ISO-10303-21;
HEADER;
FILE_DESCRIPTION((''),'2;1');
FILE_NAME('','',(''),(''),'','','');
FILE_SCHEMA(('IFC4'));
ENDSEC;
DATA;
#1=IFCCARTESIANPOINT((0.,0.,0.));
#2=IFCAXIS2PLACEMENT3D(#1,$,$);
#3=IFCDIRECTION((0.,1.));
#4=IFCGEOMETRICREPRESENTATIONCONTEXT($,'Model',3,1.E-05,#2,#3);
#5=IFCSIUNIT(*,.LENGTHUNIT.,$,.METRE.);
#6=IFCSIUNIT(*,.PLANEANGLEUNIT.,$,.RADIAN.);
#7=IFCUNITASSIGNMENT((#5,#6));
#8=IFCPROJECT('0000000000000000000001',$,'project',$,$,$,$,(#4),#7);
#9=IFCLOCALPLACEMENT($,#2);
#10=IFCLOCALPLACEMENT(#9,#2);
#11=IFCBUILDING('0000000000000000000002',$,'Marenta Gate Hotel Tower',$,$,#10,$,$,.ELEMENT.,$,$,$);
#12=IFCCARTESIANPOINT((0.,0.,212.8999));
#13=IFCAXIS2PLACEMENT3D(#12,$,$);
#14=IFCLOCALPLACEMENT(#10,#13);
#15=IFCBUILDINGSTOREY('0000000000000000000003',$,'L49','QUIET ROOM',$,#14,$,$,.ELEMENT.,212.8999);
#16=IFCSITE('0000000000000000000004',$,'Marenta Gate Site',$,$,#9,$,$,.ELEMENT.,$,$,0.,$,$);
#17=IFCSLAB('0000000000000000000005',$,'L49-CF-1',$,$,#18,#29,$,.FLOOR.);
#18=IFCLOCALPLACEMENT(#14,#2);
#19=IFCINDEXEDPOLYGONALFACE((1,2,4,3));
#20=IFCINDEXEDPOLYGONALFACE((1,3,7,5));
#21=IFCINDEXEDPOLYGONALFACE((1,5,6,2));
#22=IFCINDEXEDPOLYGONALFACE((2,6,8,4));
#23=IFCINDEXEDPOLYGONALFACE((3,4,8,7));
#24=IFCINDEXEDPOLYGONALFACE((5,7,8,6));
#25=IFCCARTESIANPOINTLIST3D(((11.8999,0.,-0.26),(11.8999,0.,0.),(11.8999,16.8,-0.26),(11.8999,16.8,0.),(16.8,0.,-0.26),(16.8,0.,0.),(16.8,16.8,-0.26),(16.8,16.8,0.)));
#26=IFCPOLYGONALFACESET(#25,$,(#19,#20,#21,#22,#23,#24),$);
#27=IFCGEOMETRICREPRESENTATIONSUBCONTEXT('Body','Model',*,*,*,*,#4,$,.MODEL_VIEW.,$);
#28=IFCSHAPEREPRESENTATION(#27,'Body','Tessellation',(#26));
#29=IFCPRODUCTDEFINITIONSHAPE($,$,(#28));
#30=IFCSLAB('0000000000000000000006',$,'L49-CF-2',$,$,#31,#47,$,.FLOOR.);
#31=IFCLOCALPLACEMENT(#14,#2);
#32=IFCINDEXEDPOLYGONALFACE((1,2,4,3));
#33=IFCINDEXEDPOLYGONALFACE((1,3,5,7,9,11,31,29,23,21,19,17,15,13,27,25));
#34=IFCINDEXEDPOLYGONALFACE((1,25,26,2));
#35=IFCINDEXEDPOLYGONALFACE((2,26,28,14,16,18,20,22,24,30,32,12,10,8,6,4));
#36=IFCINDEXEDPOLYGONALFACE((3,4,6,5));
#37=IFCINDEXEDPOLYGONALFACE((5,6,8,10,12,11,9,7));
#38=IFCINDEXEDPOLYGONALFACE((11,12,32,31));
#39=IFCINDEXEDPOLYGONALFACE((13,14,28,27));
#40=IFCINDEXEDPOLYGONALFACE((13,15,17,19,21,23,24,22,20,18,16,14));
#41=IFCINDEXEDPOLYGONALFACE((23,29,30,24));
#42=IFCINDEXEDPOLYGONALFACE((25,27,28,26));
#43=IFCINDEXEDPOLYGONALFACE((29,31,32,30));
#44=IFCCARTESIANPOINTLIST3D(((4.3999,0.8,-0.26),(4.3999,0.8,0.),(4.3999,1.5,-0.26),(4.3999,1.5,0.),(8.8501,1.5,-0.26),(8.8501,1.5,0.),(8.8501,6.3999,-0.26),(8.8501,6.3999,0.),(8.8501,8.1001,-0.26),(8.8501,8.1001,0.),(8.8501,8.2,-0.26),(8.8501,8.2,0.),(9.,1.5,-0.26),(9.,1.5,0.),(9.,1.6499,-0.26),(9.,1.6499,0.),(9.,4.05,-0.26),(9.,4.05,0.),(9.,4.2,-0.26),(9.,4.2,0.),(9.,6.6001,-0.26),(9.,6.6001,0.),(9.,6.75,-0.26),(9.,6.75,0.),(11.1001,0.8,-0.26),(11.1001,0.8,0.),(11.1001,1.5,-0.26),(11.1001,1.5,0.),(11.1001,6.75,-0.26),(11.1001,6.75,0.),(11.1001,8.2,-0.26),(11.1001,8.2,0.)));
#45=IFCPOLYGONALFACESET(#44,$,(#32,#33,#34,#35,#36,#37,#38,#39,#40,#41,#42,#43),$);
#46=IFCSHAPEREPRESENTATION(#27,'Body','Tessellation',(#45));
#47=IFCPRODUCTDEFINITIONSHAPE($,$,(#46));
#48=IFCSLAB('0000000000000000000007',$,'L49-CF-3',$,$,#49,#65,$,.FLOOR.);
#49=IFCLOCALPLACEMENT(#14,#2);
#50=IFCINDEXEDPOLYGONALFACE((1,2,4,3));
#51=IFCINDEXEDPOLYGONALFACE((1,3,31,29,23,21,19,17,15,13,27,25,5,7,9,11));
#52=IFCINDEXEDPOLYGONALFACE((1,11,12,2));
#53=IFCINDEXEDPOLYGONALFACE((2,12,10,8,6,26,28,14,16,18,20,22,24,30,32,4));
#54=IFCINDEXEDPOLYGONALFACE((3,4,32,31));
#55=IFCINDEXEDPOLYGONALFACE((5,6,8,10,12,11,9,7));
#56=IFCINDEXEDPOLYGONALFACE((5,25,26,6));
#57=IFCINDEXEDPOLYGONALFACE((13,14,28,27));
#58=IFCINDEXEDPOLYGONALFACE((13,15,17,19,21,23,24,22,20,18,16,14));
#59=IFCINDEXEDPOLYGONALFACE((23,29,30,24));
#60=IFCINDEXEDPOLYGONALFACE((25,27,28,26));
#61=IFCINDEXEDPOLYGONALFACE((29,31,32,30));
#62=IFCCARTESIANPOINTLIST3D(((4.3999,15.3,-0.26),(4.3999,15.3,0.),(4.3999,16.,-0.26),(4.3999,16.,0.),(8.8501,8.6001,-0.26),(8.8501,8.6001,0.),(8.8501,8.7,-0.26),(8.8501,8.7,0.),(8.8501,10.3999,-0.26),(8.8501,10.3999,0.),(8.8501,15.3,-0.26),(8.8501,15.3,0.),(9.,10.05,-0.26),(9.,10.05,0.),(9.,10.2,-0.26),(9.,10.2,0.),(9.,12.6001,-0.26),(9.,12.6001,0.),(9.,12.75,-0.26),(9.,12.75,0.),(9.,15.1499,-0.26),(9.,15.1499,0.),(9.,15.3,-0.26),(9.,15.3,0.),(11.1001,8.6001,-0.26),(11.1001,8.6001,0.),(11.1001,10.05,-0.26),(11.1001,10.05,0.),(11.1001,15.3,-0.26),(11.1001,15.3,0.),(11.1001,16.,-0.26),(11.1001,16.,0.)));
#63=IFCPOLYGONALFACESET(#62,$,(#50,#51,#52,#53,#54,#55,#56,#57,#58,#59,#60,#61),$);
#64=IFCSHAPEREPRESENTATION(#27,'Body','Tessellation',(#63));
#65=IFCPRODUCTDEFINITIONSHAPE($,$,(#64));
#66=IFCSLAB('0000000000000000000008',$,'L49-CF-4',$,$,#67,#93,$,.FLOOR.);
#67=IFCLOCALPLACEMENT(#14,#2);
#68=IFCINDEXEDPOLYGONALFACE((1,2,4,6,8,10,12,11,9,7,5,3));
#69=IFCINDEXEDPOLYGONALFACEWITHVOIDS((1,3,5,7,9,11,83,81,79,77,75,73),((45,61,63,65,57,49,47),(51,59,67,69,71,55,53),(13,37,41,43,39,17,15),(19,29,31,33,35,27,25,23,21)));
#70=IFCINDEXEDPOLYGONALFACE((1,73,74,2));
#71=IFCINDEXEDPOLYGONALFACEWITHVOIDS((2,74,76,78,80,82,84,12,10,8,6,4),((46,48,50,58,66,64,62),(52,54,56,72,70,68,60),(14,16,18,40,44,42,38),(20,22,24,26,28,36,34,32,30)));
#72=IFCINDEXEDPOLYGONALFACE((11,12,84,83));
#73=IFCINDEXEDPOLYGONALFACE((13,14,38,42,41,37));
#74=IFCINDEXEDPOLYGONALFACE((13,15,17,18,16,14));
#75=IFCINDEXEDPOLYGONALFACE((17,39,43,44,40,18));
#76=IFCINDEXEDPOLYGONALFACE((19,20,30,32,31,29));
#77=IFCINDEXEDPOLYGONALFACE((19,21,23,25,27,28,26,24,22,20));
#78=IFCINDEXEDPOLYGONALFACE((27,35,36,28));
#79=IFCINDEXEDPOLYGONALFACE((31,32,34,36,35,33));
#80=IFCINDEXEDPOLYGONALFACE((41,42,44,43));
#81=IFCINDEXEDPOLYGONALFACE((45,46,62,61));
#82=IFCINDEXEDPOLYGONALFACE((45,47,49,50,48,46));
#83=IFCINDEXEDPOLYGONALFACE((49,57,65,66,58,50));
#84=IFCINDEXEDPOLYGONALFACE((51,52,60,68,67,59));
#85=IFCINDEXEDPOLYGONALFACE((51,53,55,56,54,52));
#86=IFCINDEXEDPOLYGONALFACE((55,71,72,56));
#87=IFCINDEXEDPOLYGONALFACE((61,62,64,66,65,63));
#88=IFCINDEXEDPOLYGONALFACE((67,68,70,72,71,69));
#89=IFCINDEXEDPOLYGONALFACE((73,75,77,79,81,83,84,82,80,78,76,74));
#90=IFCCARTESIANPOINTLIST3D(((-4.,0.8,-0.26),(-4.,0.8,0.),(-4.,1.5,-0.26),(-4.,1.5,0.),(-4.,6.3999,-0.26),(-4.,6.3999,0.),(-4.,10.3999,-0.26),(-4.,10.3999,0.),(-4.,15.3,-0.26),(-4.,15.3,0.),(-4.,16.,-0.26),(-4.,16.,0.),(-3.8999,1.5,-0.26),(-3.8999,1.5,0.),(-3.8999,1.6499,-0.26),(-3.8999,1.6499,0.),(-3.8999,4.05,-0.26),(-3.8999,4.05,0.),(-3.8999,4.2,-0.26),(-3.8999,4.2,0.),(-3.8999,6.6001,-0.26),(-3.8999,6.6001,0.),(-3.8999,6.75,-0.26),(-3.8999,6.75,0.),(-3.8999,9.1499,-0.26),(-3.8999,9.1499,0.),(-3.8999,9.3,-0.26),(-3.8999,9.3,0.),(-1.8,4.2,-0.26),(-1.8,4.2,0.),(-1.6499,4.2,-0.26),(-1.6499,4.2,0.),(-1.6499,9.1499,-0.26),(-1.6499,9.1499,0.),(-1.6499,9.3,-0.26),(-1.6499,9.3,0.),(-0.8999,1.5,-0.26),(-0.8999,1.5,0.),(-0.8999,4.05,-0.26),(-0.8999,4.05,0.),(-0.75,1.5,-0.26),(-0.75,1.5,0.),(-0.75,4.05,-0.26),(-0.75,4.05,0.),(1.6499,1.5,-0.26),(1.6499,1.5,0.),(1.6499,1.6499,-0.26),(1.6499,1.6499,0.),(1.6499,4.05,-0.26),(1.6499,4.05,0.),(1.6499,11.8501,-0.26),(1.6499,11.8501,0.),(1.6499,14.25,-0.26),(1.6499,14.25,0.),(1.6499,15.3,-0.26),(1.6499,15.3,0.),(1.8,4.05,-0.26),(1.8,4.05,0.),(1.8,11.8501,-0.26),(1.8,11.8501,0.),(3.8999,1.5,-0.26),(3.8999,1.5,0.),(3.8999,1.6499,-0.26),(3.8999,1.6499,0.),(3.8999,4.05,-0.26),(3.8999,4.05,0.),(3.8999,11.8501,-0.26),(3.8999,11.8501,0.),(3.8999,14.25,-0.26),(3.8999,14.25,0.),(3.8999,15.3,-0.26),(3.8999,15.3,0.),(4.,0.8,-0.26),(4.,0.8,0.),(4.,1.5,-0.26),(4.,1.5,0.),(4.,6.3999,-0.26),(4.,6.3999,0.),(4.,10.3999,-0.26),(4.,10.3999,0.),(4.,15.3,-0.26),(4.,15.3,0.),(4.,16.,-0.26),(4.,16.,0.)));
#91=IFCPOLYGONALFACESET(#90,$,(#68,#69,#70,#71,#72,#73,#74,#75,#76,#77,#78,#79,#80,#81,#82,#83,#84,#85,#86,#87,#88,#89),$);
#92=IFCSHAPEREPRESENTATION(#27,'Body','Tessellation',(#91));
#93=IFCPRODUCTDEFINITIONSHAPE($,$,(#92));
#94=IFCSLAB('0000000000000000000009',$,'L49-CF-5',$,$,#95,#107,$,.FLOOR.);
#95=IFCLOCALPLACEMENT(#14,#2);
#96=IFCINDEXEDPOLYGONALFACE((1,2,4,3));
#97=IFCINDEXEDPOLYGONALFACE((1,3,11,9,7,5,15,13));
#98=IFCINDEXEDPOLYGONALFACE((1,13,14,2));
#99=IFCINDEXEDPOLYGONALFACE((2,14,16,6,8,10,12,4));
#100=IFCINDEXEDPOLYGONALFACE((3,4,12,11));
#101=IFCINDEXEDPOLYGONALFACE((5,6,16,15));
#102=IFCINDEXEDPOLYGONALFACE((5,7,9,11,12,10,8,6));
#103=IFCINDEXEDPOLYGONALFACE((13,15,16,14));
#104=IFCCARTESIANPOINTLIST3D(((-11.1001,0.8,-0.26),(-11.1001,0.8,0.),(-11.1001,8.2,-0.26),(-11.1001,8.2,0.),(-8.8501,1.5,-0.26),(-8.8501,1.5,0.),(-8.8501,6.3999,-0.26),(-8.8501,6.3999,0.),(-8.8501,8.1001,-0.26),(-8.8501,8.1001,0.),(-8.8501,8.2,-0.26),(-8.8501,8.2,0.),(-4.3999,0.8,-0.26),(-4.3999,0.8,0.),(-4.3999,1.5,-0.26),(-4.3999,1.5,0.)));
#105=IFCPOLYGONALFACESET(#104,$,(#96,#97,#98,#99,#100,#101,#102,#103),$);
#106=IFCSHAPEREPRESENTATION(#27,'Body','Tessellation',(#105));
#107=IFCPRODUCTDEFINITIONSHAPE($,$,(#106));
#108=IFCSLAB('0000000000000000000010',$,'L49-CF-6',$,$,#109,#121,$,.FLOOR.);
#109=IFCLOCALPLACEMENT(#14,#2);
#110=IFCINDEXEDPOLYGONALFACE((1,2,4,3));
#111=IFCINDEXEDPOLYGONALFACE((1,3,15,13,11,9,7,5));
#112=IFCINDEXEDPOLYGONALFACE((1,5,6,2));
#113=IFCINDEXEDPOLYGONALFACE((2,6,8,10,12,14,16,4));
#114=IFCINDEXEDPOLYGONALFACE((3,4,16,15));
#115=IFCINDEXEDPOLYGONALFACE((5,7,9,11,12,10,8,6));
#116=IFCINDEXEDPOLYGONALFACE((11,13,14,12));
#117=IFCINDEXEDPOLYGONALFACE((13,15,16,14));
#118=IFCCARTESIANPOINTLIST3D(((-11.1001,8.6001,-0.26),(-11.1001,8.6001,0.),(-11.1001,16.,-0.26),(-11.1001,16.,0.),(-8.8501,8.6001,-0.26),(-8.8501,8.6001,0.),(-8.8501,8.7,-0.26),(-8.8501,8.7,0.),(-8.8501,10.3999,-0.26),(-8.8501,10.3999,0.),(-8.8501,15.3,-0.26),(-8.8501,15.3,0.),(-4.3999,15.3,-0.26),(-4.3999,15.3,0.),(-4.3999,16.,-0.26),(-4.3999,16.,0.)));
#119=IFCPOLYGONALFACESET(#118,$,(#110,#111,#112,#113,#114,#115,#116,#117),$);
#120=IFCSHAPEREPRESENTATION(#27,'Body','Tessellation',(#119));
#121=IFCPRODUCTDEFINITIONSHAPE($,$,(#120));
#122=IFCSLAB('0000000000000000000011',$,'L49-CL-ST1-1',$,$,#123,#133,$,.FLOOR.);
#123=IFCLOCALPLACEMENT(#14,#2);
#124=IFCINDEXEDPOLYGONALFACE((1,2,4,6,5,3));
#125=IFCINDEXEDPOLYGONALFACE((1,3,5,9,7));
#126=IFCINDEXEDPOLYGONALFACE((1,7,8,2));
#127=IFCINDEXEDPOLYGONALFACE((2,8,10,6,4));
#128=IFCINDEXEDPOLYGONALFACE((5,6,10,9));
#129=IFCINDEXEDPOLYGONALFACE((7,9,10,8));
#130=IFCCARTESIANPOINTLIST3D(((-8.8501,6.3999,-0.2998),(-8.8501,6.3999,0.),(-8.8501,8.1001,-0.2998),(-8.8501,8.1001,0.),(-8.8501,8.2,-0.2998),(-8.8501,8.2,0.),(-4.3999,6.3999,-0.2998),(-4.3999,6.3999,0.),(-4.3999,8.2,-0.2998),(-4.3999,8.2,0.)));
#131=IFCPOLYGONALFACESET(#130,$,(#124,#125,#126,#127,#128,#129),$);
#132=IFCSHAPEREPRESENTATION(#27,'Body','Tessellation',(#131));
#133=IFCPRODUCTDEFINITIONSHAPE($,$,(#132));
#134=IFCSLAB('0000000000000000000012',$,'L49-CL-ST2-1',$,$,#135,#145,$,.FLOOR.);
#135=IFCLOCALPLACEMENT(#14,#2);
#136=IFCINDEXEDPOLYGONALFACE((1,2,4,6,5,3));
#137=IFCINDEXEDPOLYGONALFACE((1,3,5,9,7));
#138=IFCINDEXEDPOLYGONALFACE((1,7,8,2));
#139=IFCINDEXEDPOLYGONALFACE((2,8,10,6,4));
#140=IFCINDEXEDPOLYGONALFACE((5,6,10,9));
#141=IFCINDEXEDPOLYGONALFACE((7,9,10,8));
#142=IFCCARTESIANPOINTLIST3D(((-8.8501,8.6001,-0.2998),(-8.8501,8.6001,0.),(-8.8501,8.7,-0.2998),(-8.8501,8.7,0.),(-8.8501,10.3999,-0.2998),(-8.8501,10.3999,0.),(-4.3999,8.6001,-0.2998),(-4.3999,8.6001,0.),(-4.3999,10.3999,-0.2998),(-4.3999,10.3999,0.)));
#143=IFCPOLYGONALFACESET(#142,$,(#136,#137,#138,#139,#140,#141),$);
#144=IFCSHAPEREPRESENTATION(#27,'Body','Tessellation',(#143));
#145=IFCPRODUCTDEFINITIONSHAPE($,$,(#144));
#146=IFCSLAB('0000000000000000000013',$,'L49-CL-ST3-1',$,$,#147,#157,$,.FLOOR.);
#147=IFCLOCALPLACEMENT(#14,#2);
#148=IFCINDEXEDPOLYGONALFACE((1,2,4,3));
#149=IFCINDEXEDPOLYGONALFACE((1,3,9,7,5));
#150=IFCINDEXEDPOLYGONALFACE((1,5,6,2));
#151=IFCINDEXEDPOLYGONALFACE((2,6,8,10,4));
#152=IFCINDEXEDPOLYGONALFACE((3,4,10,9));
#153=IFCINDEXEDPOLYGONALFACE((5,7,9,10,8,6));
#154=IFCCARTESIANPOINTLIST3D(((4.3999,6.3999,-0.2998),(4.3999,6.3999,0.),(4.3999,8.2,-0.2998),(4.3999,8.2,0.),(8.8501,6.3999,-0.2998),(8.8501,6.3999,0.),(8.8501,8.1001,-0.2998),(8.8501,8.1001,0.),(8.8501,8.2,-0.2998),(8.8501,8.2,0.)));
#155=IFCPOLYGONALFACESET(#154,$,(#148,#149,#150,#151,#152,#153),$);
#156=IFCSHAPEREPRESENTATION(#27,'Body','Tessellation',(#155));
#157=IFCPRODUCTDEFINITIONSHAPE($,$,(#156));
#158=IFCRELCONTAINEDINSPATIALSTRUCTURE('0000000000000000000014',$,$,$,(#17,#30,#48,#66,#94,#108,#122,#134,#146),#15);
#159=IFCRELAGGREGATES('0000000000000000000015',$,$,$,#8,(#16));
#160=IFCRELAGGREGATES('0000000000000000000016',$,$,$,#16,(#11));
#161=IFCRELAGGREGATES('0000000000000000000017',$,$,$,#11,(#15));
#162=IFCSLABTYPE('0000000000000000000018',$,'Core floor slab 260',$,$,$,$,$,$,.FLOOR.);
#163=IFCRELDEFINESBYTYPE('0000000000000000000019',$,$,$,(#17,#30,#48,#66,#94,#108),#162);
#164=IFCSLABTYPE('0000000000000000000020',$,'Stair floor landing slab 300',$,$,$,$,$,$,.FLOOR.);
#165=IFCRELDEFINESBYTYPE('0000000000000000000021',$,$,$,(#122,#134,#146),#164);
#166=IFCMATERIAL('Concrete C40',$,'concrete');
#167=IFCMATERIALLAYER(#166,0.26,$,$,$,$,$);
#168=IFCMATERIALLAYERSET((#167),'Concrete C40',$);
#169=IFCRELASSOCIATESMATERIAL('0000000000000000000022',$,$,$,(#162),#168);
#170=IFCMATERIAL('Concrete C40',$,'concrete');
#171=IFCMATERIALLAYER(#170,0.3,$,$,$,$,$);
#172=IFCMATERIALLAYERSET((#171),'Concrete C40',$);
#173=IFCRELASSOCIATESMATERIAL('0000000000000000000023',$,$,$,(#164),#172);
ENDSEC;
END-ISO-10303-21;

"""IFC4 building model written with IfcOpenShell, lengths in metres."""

from ifc_helpers import new_model, si_unit, direction, frame, origin, place, context, subcontext, project, spatial, polyline, outline, extrude, material, layer, layer_set, type_object, element, save


model = new_model("IFC4")

# Units and contexts
model_context = context("Model", 3, precision=1e-05, world=origin(), true_north=direction((0.0, 1.0)))
body_context = subcontext(model_context, "Body", "Model", "MODEL_VIEW")
ifc_project = project(units=[si_unit("LENGTHUNIT", "METRE"), si_unit("PLANEANGLEUNIT", "RADIAN")], contexts=[model_context])

# Site, building, storey
site_placement = place(None, origin())
site = spatial("IfcSite", under=ifc_project, at=site_placement, Name="Marenta Gate Site", CompositionType="ELEMENT", RefElevation=0.0)
building_placement = place(site_placement, origin())
building = spatial("IfcBuilding", under=site, at=building_placement, Name="Marenta Gate Hotel Tower", CompositionType="ELEMENT")
storey_placement = place(building_placement, frame((0.0, 0.0, 212.8999)))
storey = spatial("IfcBuildingStorey", under=building, at=storey_placement, Name="L49", Description="QUIET ROOM", CompositionType="ELEMENT", Elevation=212.8999)

# Slabs
ifc_material_1 = material(Name="Concrete C40", Category="concrete")
ifc_layer_1 = layer(ifc_material_1, 0.26)
ifc_layer_set_1 = layer_set([ifc_layer_1], Name="Concrete C40")
slab_type_1 = type_object("IfcSlabType", Name="Core floor slab 260", PredefinedType="FLOOR", material=ifc_layer_set_1)
slab_1_placement = place(storey_placement, frame((0.0, 0.0, -0.26)))
element("IfcSlab", 1, at=slab_1_placement, inside=storey, type_object=slab_type_1, Name="L49-CF-1", PredefinedType="FLOOR", context=body_context, shape_type="SweptSolid", body=[
    extrude(outline(polyline([(11.8999, 0.0), (11.8999, 16.8), (16.8, 16.8), (16.8, 0.0), (11.8999, 0.0)])), origin(), (0.0, 0.0, 1.0), 0.26),
])
slab_2_placement = place(storey_placement, frame((0.0, 0.0, -0.26)))
element("IfcSlab", 2, at=slab_2_placement, inside=storey, type_object=slab_type_1, Name="L49-CF-2", PredefinedType="FLOOR", context=body_context, shape_type="SweptSolid", body=[
    extrude(outline(polyline([(8.8501, 1.5), (8.8501, 6.3999), (8.8501, 8.1001), (8.8501, 8.2), (11.1001, 8.2), (11.1001, 6.75), (9.0, 6.75), (9.0, 6.6001), (9.0, 4.2), (9.0, 4.05), (9.0, 1.6499), (9.0, 1.5), (11.1001, 1.5), (11.1001, 0.8), (4.3999, 0.8), (4.3999, 1.5), (8.8501, 1.5)])), origin(), (0.0, 0.0, 1.0), 0.26),
])
slab_3_placement = place(storey_placement, frame((0.0, 0.0, -0.26)))
element("IfcSlab", 3, at=slab_3_placement, inside=storey, type_object=slab_type_1, Name="L49-CF-3", PredefinedType="FLOOR", context=body_context, shape_type="SweptSolid", body=[
    extrude(outline(polyline([(8.8501, 15.3), (4.3999, 15.3), (4.3999, 16.0), (11.1001, 16.0), (11.1001, 15.3), (9.0, 15.3), (9.0, 15.1499), (9.0, 12.75), (9.0, 12.6001), (9.0, 10.2), (9.0, 10.05), (11.1001, 10.05), (11.1001, 8.6001), (8.8501, 8.6001), (8.8501, 8.7), (8.8501, 10.3999), (8.8501, 15.3)])), origin(), (0.0, 0.0, 1.0), 0.26),
])
slab_4_placement = place(storey_placement, frame((0.0, 0.0, -0.26)))
element("IfcSlab", 4, at=slab_4_placement, inside=storey, type_object=slab_type_1, Name="L49-CF-4", PredefinedType="FLOOR", context=body_context, shape_type="SweptSolid", body=[
    extrude(outline(polyline([(4.0, 15.3), (4.0, 10.3999), (4.0, 6.3999), (4.0, 1.5), (4.0, 0.8), (-4.0, 0.8), (-4.0, 1.5), (-4.0, 6.3999), (-4.0, 10.3999), (-4.0, 15.3), (-4.0, 16.0), (4.0, 16.0), (4.0, 15.3)]), holes=[polyline([(1.6499, 14.25), (1.6499, 11.8501), (1.8, 11.8501), (3.8999, 11.8501), (3.8999, 14.25), (3.8999, 15.3), (1.6499, 15.3), (1.6499, 14.25)]), polyline([(3.8999, 1.6499), (3.8999, 4.05), (1.8, 4.05), (1.6499, 4.05), (1.6499, 1.6499), (1.6499, 1.5), (3.8999, 1.5), (3.8999, 1.6499)]), polyline([(-3.8999, 1.6499), (-3.8999, 1.5), (-0.8999, 1.5), (-0.75, 1.5), (-0.75, 4.05), (-0.8999, 4.05), (-3.8999, 4.05), (-3.8999, 1.6499)]), polyline([(-1.8, 4.2), (-1.6499, 4.2), (-1.6499, 9.1499), (-1.6499, 9.3), (-3.8999, 9.3), (-3.8999, 9.1499), (-3.8999, 6.75), (-3.8999, 6.6001), (-3.8999, 4.2), (-1.8, 4.2)])]), origin(), (0.0, 0.0, 1.0), 0.26),
])
slab_5_placement = place(storey_placement, frame((0.0, 0.0, -0.26)))
element("IfcSlab", 5, at=slab_5_placement, inside=storey, type_object=slab_type_1, Name="L49-CF-5", PredefinedType="FLOOR", context=body_context, shape_type="SweptSolid", body=[
    extrude(outline(polyline([(-8.8501, 8.2), (-8.8501, 8.1001), (-8.8501, 6.3999), (-8.8501, 1.5), (-4.3999, 1.5), (-4.3999, 0.8), (-11.1001, 0.8), (-11.1001, 8.2), (-8.8501, 8.2)])), origin(), (0.0, 0.0, 1.0), 0.26),
])
slab_6_placement = place(storey_placement, frame((0.0, 0.0, -0.26)))
element("IfcSlab", 6, at=slab_6_placement, inside=storey, type_object=slab_type_1, Name="L49-CF-6", PredefinedType="FLOOR", context=body_context, shape_type="SweptSolid", body=[
    extrude(outline(polyline([(-4.3999, 15.3), (-8.8501, 15.3), (-8.8501, 10.3999), (-8.8501, 8.7), (-8.8501, 8.6001), (-11.1001, 8.6001), (-11.1001, 16.0), (-4.3999, 16.0), (-4.3999, 15.3)])), origin(), (0.0, 0.0, 1.0), 0.26),
])
ifc_material_2 = material(Name="Concrete C40", Category="concrete")
ifc_layer_2 = layer(ifc_material_2, 0.3)
ifc_layer_set_2 = layer_set([ifc_layer_2], Name="Concrete C40")
slab_type_2 = type_object("IfcSlabType", Name="Stair floor landing slab 300", PredefinedType="FLOOR", material=ifc_layer_set_2)
slab_7_placement = place(storey_placement, frame((0.0, 0.0, -0.2998)))
element("IfcSlab", 7, at=slab_7_placement, inside=storey, type_object=slab_type_2, Name="L49-CL-ST1-1", PredefinedType="FLOOR", context=body_context, shape_type="SweptSolid", body=[
    extrude(outline(polyline([(-4.3999, 6.3999), (-8.8501, 6.3999), (-8.8501, 8.1001), (-8.8501, 8.2), (-4.3999, 8.2), (-4.3999, 6.3999)])), origin(), (0.0, 0.0, 1.0), 0.2998),
])
slab_8_placement = place(storey_placement, frame((0.0, 0.0, -0.2998)))
element("IfcSlab", 8, at=slab_8_placement, inside=storey, type_object=slab_type_2, Name="L49-CL-ST2-1", PredefinedType="FLOOR", context=body_context, shape_type="SweptSolid", body=[
    extrude(outline(polyline([(-4.3999, 8.6001), (-8.8501, 8.6001), (-8.8501, 8.7), (-8.8501, 10.3999), (-4.3999, 10.3999), (-4.3999, 8.6001)])), origin(), (0.0, 0.0, 1.0), 0.2998),
])
slab_9_placement = place(storey_placement, frame((0.0, 0.0, -0.2998)))
element("IfcSlab", 9, at=slab_9_placement, inside=storey, type_object=slab_type_2, Name="L49-CL-ST3-1", PredefinedType="FLOOR", context=body_context, shape_type="SweptSolid", body=[
    extrude(outline(polyline([(4.3999, 6.3999), (4.3999, 8.2), (8.8501, 8.2), (8.8501, 8.1001), (8.8501, 6.3999), (4.3999, 6.3999)])), origin(), (0.0, 0.0, 1.0), 0.2998),
])

save(model, "model.ifc")
